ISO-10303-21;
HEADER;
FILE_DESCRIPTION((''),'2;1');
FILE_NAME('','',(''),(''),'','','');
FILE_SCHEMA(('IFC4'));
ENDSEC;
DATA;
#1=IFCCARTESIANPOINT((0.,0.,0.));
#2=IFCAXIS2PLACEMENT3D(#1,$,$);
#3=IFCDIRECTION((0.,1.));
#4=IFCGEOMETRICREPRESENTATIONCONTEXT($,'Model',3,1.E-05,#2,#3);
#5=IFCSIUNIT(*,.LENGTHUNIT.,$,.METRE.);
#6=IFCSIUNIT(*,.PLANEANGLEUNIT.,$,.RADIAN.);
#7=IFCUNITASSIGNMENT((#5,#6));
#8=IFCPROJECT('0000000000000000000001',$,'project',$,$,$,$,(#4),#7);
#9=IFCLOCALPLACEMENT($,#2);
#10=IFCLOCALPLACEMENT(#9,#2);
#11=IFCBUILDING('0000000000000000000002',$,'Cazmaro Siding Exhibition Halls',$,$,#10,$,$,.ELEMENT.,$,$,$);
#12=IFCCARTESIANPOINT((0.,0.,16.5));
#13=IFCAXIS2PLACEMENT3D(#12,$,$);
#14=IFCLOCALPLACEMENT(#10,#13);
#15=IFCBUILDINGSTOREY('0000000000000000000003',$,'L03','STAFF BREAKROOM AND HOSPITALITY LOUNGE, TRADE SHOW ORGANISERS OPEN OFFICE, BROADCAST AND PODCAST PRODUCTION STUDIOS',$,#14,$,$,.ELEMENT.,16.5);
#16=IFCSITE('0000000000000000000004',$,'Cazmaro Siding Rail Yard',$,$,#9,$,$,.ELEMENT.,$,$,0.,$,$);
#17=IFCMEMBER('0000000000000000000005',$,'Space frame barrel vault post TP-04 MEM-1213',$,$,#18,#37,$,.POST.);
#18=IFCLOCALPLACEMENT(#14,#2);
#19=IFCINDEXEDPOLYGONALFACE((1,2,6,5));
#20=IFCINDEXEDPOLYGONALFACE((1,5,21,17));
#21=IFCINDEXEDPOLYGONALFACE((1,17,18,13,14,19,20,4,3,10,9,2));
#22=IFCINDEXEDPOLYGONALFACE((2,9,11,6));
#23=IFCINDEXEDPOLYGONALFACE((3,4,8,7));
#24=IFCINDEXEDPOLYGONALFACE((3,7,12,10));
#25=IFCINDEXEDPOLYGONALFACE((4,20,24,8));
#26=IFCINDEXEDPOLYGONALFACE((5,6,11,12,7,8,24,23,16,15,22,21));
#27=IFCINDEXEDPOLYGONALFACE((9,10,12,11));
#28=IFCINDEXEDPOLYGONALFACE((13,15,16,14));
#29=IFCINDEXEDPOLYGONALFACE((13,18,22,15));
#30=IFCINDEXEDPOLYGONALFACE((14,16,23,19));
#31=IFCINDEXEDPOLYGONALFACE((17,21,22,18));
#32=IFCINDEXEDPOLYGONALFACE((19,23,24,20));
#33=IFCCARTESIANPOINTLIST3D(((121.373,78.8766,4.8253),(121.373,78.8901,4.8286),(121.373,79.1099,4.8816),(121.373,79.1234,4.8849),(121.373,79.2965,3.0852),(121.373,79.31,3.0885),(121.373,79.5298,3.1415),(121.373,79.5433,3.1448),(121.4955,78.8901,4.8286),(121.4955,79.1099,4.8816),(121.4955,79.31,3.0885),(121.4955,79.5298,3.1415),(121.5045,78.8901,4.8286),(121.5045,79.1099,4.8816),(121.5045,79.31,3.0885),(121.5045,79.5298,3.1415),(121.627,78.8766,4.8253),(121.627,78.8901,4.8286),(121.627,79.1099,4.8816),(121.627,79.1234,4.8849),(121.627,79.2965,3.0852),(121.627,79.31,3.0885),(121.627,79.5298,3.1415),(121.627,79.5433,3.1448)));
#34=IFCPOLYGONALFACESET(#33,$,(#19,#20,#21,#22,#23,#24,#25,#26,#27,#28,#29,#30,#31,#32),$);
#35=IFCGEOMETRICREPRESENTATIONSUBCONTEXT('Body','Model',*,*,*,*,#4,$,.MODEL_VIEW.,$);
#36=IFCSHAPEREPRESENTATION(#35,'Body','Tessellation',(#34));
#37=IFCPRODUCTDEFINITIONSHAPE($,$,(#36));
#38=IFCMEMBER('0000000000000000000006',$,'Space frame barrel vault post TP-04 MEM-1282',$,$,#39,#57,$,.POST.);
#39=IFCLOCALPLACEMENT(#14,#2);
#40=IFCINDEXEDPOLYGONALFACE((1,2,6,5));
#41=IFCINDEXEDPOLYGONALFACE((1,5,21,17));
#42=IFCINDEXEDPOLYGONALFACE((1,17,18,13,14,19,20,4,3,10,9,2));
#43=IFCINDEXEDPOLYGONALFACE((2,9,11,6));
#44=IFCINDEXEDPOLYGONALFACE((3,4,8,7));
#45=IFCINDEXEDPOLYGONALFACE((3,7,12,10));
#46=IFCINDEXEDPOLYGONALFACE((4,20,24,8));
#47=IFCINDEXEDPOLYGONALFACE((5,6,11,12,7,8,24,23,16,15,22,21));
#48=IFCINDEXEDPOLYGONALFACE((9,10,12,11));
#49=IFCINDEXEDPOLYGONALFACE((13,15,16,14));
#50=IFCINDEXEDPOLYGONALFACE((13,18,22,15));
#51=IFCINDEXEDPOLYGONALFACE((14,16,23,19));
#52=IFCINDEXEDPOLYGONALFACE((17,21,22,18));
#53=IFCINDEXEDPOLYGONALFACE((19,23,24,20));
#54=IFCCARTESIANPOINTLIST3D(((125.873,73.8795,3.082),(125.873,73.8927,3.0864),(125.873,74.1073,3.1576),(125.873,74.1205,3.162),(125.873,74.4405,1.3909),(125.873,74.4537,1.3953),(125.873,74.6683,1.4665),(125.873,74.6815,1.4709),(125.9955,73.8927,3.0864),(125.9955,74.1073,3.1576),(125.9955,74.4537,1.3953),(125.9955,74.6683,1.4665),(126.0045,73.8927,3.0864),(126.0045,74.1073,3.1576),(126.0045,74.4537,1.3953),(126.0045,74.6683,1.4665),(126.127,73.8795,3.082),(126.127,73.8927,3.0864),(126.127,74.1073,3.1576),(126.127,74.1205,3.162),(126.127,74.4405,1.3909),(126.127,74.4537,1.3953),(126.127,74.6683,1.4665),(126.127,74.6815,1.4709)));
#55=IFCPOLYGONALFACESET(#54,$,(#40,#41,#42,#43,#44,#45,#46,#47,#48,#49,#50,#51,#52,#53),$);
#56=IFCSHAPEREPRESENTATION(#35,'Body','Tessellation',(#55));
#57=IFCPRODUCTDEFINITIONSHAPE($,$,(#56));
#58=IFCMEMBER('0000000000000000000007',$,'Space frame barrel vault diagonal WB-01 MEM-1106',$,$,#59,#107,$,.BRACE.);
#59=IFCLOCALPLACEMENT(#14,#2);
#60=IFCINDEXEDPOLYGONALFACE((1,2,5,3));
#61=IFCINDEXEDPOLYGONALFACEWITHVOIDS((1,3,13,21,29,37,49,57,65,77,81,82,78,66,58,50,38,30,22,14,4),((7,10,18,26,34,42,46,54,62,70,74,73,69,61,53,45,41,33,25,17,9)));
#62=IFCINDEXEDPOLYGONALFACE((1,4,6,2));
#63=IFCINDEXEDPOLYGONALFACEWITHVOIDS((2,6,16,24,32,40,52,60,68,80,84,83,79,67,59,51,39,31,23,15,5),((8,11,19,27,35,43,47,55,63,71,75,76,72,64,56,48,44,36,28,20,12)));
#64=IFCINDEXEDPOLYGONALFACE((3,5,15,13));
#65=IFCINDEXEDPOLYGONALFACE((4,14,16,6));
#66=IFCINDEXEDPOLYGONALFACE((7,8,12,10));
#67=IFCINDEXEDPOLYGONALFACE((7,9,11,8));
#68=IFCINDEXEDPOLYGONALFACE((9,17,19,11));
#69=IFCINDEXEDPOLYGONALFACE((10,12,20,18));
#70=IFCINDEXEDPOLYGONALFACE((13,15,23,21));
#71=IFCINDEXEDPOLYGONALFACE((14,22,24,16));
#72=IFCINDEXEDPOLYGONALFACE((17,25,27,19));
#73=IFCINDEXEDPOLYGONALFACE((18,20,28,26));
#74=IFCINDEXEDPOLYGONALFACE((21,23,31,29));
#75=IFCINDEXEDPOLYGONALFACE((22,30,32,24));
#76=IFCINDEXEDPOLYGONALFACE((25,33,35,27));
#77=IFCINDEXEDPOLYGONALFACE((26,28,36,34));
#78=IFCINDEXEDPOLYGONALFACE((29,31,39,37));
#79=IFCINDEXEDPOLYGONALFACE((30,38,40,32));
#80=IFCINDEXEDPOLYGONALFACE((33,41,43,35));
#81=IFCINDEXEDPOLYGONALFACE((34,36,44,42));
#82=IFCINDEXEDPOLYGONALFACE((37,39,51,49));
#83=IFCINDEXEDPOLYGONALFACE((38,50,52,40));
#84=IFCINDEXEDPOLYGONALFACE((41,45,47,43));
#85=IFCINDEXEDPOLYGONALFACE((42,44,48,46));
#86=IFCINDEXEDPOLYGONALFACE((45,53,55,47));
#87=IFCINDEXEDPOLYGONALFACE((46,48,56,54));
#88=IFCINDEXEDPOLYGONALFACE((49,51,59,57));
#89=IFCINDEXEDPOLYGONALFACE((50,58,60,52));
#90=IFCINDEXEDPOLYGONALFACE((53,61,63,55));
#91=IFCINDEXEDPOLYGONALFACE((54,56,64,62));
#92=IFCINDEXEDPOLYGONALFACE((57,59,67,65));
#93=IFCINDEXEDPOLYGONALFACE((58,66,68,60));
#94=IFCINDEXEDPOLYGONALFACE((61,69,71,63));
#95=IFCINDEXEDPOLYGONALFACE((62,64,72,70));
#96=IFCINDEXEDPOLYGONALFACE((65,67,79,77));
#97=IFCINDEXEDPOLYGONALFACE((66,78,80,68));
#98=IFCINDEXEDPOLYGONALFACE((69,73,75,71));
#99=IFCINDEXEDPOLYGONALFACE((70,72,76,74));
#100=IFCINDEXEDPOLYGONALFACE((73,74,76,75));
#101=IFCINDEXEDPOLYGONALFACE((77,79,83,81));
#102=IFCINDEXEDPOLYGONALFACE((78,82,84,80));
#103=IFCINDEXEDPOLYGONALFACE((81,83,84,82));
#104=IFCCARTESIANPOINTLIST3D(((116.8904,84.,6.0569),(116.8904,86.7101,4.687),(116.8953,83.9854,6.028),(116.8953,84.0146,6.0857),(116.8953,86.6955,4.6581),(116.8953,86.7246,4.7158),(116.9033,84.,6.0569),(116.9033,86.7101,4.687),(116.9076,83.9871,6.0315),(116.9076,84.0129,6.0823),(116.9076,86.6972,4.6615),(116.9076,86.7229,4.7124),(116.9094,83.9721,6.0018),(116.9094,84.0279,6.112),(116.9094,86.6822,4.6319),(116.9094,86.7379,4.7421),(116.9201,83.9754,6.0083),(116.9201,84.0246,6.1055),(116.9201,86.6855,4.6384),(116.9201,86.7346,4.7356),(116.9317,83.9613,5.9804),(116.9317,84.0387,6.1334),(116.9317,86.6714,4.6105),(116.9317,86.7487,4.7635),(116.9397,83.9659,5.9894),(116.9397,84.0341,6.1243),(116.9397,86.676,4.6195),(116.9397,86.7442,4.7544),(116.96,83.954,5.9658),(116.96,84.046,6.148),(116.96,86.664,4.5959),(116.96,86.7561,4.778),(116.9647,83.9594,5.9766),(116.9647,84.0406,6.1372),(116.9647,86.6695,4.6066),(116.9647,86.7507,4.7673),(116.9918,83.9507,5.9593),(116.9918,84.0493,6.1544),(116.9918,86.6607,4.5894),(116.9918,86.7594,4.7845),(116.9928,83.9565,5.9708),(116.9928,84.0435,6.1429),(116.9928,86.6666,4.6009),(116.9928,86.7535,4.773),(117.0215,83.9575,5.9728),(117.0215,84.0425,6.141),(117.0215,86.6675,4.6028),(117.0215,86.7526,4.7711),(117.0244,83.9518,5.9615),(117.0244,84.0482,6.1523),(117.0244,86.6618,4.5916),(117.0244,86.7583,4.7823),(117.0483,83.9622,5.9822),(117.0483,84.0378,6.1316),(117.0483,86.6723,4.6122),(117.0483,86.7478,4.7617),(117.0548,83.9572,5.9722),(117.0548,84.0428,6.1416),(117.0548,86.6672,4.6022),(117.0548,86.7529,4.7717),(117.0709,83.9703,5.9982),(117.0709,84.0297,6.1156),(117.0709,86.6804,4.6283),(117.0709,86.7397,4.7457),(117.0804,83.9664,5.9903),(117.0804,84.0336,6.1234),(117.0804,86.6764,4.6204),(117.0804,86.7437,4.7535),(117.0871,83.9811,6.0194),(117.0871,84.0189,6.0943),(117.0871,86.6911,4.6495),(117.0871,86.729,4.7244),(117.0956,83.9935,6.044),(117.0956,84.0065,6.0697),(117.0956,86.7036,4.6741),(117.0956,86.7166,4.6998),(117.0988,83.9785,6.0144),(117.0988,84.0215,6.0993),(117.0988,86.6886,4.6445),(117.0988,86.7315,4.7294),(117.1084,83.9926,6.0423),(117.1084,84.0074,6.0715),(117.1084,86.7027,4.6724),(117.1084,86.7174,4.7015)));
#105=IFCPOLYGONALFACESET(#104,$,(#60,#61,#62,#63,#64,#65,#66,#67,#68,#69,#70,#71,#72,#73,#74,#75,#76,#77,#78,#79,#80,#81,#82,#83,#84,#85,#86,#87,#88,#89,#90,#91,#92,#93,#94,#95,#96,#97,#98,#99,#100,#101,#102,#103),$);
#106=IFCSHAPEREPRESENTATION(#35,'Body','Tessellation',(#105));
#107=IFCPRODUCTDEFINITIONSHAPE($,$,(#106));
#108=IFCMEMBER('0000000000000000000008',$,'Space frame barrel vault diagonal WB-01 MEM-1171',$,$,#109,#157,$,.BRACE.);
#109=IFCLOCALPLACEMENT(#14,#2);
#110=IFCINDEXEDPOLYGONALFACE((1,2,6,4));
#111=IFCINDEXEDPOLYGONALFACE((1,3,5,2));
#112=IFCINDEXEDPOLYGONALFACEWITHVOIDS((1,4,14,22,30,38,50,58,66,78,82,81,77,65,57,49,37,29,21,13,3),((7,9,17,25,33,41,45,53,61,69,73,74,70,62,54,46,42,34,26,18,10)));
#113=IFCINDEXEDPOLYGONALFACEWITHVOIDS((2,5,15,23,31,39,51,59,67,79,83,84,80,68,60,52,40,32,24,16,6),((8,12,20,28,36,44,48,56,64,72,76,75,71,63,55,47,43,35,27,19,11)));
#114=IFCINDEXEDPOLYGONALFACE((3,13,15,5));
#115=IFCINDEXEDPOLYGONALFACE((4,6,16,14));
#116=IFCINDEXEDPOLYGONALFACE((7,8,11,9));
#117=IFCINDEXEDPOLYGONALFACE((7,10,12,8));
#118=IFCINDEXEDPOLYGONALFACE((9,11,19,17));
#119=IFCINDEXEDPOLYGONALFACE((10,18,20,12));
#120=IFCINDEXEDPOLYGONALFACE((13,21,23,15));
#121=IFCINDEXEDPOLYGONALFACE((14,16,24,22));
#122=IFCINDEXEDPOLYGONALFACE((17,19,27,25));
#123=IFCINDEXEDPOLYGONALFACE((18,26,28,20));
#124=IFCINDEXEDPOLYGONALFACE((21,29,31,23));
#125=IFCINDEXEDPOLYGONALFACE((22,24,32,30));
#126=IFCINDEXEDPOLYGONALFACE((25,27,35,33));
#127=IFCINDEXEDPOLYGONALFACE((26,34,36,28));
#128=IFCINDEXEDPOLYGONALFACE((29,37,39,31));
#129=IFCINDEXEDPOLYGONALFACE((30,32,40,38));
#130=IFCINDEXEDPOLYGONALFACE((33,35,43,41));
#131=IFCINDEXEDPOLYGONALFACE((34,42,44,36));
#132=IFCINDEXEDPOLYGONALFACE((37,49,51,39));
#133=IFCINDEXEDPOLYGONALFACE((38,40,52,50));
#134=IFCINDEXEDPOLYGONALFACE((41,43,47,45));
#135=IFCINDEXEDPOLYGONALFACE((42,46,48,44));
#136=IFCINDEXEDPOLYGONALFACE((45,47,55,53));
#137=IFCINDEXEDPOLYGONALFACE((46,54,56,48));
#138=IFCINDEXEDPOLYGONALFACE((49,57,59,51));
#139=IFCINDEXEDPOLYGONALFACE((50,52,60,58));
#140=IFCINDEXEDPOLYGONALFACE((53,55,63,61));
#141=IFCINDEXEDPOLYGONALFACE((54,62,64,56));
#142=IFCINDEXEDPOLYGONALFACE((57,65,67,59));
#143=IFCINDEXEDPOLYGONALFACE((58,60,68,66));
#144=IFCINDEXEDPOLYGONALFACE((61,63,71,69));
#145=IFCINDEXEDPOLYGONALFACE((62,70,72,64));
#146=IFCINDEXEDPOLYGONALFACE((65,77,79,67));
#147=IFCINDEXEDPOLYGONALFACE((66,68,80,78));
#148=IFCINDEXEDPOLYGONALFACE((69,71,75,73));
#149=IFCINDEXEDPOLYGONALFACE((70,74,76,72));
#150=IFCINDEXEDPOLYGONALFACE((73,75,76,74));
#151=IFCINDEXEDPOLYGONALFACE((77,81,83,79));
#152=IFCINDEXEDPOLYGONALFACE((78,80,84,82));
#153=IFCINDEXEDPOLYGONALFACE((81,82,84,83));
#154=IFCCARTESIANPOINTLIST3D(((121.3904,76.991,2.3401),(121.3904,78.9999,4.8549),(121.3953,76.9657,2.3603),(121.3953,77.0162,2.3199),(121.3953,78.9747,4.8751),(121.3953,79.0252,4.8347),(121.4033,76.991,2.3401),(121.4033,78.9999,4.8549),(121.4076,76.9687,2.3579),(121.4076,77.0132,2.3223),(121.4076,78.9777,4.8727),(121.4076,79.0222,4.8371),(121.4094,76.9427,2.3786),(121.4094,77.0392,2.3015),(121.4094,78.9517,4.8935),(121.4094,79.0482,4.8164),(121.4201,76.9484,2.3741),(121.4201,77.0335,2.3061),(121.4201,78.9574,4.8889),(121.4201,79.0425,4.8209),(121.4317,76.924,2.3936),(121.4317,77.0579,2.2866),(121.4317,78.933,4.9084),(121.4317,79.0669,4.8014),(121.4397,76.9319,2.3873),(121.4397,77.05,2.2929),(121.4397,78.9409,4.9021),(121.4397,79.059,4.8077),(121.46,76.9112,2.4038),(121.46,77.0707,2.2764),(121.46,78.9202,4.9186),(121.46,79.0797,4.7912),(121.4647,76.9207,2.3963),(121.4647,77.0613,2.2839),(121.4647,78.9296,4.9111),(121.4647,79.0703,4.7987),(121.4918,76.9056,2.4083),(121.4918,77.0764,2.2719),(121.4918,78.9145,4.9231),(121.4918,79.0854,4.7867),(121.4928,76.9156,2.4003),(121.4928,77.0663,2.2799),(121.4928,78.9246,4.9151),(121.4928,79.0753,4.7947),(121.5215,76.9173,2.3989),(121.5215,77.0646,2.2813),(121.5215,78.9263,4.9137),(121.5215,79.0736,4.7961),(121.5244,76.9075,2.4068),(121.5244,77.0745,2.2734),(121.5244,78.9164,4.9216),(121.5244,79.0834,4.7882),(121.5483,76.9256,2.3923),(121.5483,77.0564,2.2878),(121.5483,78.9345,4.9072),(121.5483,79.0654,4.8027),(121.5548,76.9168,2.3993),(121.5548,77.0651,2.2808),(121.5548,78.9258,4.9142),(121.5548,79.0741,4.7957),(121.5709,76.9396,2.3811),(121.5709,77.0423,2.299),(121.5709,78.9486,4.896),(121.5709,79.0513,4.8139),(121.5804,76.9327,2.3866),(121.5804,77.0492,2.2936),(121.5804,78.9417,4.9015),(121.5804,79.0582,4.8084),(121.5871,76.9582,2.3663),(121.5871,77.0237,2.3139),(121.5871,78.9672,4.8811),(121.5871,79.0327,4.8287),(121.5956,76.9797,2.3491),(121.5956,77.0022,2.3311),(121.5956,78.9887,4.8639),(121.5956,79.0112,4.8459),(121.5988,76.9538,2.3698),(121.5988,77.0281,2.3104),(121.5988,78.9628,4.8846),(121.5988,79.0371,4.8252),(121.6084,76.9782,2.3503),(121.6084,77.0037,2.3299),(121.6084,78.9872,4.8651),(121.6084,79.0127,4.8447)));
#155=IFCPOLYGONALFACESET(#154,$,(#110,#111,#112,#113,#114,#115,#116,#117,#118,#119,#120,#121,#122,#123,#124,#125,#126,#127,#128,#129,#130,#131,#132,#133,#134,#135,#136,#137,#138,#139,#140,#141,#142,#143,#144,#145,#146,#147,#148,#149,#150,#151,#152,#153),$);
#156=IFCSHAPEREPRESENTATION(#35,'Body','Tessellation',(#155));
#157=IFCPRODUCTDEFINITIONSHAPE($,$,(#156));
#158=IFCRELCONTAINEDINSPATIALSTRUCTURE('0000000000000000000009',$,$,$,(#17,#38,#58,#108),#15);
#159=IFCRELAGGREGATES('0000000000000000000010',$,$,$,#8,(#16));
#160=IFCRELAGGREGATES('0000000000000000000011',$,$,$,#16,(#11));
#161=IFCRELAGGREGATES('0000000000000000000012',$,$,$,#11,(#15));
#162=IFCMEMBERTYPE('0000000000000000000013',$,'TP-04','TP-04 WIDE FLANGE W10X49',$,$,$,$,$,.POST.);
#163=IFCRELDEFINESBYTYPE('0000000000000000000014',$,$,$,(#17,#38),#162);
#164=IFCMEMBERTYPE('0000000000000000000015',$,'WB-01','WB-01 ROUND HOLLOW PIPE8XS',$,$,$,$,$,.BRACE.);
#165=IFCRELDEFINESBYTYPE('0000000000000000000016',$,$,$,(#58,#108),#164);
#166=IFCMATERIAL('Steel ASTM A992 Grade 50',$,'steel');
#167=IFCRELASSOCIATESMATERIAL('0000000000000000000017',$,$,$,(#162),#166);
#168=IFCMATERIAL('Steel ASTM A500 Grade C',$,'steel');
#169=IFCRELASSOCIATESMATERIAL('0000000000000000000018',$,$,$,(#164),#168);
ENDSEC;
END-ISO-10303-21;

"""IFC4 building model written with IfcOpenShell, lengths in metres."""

from ifc_helpers import new_model, si_unit, direction, frame, origin, origin_2d, place, context, subcontext, project, spatial, hollow_circle, i_section, extrude, material, material_profile, profile_set, type_object, element, save


model = new_model("IFC4")

# Units and contexts
model_context = context("Model", 3, precision=1e-05, world=origin(), true_north=direction((0.0, 1.0)))
body_context = subcontext(model_context, "Body", "Model", "MODEL_VIEW")
ifc_project = project(units=[si_unit("LENGTHUNIT", "METRE"), si_unit("PLANEANGLEUNIT", "RADIAN")], contexts=[model_context])

# Site, building, storey
site_placement = place(None, origin())
site = spatial("IfcSite", under=ifc_project, at=site_placement, Name="Cazmaro Siding Rail Yard", CompositionType="ELEMENT", RefElevation=0.0)
building_placement = place(site_placement, origin())
building = spatial("IfcBuilding", under=site, at=building_placement, Name="Cazmaro Siding Exhibition Halls", CompositionType="ELEMENT")
storey_placement = place(building_placement, frame((0.0, 0.0, 16.5)))
storey = spatial("IfcBuildingStorey", under=building, at=storey_placement, Name="L03", Description="STAFF BREAKROOM AND HOSPITALITY LOUNGE, TRADE SHOW ORGANISERS OPEN OFFICE, BROADCAST AND PODCAST PRODUCTION STUDIOS", CompositionType="ELEMENT", Elevation=16.5)

# Members
ifc_material_1 = material(Name="Steel ASTM A992 Grade 50", Category="steel")
ifc_material_profile_1 = material_profile(ifc_material_1, i_section(OverallWidth=0.2539, OverallDepth=0.2539, WebThickness=0.009, FlangeThickness=0.0139, at=origin_2d()), Name="W10X49")
ifc_profile_set_1 = profile_set([ifc_material_profile_1], Name="Steel ASTM A992 Grade 50")
member_type_1 = type_object("IfcMemberType", Name="TP-04", Description="TP-04 WIDE FLANGE W10X49", PredefinedType="POST", material=ifc_profile_set_1)
member_1_placement = place(storey_placement, frame((121.5, 79.4199, 3.115), z_axis=(0.0, -0.234601, 0.972092), x_axis=(1.0, 0.0, 0.0)))
element("IfcMember", 1, at=member_1_placement, inside=storey, type_object=member_type_1, Name="Space frame barrel vault post TP-04 MEM-1213", PredefinedType="POST", context=body_context, shape_type="SweptSolid", body=[
    extrude(i_section(OverallWidth=0.2539, OverallDepth=0.2539, WebThickness=0.009, FlangeThickness=0.0139, at=origin_2d()), origin(), (0.0, 0.0, 1.0), 1.79),
])
member_2_placement = place(storey_placement, frame((126.0, 74.561, 1.4309), z_axis=(0.0, -0.314871, 0.949134), x_axis=(1.0, 0.0, 0.0)))
element("IfcMember", 2, at=member_2_placement, inside=storey, type_object=member_type_1, Name="Space frame barrel vault post TP-04 MEM-1282", PredefinedType="POST", context=body_context, shape_type="SweptSolid", body=[
    extrude(i_section(OverallWidth=0.2539, OverallDepth=0.2539, WebThickness=0.009, FlangeThickness=0.0139, at=origin_2d()), origin(), (0.0, 0.0, 1.0), 1.7817),
])
ifc_material_2 = material(Name="Steel ASTM A500 Grade C", Category="steel")
ifc_material_profile_2 = material_profile(ifc_material_2, hollow_circle(Radius=0.1096, WallThickness=0.0129, at=origin_2d()), Name="PIPE8XS")
ifc_profile_set_2 = profile_set([ifc_material_profile_2], Name="Steel ASTM A500 Grade C")
member_type_2 = type_object("IfcMemberType", Name="WB-01", Description="WB-01 ROUND HOLLOW PIPE8XS", PredefinedType="BRACE", material=ifc_profile_set_2)
member_3_placement = place(storey_placement, frame((117.0, 84.0, 6.0569), z_axis=(0.0, 0.892457, -0.451133), x_axis=(-1.0, 0.0, 0.0)))
element("IfcMember", 3, at=member_3_placement, inside=storey, type_object=member_type_2, Name="Space frame barrel vault diagonal WB-01 MEM-1106", PredefinedType="BRACE", context=body_context, shape_type="SweptSolid", body=[
    extrude(hollow_circle(Radius=0.1096, WallThickness=0.0129, at=origin_2d()), origin(), (0.0, 0.0, 1.0), 3.0366),
])
member_4_placement = place(storey_placement, frame((121.5, 76.991, 2.3401), z_axis=(0.0, 0.624149, 0.781305), x_axis=(-1.0, 0.0, 0.0)))
element("IfcMember", 4, at=member_4_placement, inside=storey, type_object=member_type_2, Name="Space frame barrel vault diagonal WB-01 MEM-1171", PredefinedType="BRACE", context=body_context, shape_type="SweptSolid", body=[
    extrude(hollow_circle(Radius=0.1096, WallThickness=0.0129, at=origin_2d()), origin(), (0.0, 0.0, 1.0), 3.2188),
])

save(model, "model.ifc")
